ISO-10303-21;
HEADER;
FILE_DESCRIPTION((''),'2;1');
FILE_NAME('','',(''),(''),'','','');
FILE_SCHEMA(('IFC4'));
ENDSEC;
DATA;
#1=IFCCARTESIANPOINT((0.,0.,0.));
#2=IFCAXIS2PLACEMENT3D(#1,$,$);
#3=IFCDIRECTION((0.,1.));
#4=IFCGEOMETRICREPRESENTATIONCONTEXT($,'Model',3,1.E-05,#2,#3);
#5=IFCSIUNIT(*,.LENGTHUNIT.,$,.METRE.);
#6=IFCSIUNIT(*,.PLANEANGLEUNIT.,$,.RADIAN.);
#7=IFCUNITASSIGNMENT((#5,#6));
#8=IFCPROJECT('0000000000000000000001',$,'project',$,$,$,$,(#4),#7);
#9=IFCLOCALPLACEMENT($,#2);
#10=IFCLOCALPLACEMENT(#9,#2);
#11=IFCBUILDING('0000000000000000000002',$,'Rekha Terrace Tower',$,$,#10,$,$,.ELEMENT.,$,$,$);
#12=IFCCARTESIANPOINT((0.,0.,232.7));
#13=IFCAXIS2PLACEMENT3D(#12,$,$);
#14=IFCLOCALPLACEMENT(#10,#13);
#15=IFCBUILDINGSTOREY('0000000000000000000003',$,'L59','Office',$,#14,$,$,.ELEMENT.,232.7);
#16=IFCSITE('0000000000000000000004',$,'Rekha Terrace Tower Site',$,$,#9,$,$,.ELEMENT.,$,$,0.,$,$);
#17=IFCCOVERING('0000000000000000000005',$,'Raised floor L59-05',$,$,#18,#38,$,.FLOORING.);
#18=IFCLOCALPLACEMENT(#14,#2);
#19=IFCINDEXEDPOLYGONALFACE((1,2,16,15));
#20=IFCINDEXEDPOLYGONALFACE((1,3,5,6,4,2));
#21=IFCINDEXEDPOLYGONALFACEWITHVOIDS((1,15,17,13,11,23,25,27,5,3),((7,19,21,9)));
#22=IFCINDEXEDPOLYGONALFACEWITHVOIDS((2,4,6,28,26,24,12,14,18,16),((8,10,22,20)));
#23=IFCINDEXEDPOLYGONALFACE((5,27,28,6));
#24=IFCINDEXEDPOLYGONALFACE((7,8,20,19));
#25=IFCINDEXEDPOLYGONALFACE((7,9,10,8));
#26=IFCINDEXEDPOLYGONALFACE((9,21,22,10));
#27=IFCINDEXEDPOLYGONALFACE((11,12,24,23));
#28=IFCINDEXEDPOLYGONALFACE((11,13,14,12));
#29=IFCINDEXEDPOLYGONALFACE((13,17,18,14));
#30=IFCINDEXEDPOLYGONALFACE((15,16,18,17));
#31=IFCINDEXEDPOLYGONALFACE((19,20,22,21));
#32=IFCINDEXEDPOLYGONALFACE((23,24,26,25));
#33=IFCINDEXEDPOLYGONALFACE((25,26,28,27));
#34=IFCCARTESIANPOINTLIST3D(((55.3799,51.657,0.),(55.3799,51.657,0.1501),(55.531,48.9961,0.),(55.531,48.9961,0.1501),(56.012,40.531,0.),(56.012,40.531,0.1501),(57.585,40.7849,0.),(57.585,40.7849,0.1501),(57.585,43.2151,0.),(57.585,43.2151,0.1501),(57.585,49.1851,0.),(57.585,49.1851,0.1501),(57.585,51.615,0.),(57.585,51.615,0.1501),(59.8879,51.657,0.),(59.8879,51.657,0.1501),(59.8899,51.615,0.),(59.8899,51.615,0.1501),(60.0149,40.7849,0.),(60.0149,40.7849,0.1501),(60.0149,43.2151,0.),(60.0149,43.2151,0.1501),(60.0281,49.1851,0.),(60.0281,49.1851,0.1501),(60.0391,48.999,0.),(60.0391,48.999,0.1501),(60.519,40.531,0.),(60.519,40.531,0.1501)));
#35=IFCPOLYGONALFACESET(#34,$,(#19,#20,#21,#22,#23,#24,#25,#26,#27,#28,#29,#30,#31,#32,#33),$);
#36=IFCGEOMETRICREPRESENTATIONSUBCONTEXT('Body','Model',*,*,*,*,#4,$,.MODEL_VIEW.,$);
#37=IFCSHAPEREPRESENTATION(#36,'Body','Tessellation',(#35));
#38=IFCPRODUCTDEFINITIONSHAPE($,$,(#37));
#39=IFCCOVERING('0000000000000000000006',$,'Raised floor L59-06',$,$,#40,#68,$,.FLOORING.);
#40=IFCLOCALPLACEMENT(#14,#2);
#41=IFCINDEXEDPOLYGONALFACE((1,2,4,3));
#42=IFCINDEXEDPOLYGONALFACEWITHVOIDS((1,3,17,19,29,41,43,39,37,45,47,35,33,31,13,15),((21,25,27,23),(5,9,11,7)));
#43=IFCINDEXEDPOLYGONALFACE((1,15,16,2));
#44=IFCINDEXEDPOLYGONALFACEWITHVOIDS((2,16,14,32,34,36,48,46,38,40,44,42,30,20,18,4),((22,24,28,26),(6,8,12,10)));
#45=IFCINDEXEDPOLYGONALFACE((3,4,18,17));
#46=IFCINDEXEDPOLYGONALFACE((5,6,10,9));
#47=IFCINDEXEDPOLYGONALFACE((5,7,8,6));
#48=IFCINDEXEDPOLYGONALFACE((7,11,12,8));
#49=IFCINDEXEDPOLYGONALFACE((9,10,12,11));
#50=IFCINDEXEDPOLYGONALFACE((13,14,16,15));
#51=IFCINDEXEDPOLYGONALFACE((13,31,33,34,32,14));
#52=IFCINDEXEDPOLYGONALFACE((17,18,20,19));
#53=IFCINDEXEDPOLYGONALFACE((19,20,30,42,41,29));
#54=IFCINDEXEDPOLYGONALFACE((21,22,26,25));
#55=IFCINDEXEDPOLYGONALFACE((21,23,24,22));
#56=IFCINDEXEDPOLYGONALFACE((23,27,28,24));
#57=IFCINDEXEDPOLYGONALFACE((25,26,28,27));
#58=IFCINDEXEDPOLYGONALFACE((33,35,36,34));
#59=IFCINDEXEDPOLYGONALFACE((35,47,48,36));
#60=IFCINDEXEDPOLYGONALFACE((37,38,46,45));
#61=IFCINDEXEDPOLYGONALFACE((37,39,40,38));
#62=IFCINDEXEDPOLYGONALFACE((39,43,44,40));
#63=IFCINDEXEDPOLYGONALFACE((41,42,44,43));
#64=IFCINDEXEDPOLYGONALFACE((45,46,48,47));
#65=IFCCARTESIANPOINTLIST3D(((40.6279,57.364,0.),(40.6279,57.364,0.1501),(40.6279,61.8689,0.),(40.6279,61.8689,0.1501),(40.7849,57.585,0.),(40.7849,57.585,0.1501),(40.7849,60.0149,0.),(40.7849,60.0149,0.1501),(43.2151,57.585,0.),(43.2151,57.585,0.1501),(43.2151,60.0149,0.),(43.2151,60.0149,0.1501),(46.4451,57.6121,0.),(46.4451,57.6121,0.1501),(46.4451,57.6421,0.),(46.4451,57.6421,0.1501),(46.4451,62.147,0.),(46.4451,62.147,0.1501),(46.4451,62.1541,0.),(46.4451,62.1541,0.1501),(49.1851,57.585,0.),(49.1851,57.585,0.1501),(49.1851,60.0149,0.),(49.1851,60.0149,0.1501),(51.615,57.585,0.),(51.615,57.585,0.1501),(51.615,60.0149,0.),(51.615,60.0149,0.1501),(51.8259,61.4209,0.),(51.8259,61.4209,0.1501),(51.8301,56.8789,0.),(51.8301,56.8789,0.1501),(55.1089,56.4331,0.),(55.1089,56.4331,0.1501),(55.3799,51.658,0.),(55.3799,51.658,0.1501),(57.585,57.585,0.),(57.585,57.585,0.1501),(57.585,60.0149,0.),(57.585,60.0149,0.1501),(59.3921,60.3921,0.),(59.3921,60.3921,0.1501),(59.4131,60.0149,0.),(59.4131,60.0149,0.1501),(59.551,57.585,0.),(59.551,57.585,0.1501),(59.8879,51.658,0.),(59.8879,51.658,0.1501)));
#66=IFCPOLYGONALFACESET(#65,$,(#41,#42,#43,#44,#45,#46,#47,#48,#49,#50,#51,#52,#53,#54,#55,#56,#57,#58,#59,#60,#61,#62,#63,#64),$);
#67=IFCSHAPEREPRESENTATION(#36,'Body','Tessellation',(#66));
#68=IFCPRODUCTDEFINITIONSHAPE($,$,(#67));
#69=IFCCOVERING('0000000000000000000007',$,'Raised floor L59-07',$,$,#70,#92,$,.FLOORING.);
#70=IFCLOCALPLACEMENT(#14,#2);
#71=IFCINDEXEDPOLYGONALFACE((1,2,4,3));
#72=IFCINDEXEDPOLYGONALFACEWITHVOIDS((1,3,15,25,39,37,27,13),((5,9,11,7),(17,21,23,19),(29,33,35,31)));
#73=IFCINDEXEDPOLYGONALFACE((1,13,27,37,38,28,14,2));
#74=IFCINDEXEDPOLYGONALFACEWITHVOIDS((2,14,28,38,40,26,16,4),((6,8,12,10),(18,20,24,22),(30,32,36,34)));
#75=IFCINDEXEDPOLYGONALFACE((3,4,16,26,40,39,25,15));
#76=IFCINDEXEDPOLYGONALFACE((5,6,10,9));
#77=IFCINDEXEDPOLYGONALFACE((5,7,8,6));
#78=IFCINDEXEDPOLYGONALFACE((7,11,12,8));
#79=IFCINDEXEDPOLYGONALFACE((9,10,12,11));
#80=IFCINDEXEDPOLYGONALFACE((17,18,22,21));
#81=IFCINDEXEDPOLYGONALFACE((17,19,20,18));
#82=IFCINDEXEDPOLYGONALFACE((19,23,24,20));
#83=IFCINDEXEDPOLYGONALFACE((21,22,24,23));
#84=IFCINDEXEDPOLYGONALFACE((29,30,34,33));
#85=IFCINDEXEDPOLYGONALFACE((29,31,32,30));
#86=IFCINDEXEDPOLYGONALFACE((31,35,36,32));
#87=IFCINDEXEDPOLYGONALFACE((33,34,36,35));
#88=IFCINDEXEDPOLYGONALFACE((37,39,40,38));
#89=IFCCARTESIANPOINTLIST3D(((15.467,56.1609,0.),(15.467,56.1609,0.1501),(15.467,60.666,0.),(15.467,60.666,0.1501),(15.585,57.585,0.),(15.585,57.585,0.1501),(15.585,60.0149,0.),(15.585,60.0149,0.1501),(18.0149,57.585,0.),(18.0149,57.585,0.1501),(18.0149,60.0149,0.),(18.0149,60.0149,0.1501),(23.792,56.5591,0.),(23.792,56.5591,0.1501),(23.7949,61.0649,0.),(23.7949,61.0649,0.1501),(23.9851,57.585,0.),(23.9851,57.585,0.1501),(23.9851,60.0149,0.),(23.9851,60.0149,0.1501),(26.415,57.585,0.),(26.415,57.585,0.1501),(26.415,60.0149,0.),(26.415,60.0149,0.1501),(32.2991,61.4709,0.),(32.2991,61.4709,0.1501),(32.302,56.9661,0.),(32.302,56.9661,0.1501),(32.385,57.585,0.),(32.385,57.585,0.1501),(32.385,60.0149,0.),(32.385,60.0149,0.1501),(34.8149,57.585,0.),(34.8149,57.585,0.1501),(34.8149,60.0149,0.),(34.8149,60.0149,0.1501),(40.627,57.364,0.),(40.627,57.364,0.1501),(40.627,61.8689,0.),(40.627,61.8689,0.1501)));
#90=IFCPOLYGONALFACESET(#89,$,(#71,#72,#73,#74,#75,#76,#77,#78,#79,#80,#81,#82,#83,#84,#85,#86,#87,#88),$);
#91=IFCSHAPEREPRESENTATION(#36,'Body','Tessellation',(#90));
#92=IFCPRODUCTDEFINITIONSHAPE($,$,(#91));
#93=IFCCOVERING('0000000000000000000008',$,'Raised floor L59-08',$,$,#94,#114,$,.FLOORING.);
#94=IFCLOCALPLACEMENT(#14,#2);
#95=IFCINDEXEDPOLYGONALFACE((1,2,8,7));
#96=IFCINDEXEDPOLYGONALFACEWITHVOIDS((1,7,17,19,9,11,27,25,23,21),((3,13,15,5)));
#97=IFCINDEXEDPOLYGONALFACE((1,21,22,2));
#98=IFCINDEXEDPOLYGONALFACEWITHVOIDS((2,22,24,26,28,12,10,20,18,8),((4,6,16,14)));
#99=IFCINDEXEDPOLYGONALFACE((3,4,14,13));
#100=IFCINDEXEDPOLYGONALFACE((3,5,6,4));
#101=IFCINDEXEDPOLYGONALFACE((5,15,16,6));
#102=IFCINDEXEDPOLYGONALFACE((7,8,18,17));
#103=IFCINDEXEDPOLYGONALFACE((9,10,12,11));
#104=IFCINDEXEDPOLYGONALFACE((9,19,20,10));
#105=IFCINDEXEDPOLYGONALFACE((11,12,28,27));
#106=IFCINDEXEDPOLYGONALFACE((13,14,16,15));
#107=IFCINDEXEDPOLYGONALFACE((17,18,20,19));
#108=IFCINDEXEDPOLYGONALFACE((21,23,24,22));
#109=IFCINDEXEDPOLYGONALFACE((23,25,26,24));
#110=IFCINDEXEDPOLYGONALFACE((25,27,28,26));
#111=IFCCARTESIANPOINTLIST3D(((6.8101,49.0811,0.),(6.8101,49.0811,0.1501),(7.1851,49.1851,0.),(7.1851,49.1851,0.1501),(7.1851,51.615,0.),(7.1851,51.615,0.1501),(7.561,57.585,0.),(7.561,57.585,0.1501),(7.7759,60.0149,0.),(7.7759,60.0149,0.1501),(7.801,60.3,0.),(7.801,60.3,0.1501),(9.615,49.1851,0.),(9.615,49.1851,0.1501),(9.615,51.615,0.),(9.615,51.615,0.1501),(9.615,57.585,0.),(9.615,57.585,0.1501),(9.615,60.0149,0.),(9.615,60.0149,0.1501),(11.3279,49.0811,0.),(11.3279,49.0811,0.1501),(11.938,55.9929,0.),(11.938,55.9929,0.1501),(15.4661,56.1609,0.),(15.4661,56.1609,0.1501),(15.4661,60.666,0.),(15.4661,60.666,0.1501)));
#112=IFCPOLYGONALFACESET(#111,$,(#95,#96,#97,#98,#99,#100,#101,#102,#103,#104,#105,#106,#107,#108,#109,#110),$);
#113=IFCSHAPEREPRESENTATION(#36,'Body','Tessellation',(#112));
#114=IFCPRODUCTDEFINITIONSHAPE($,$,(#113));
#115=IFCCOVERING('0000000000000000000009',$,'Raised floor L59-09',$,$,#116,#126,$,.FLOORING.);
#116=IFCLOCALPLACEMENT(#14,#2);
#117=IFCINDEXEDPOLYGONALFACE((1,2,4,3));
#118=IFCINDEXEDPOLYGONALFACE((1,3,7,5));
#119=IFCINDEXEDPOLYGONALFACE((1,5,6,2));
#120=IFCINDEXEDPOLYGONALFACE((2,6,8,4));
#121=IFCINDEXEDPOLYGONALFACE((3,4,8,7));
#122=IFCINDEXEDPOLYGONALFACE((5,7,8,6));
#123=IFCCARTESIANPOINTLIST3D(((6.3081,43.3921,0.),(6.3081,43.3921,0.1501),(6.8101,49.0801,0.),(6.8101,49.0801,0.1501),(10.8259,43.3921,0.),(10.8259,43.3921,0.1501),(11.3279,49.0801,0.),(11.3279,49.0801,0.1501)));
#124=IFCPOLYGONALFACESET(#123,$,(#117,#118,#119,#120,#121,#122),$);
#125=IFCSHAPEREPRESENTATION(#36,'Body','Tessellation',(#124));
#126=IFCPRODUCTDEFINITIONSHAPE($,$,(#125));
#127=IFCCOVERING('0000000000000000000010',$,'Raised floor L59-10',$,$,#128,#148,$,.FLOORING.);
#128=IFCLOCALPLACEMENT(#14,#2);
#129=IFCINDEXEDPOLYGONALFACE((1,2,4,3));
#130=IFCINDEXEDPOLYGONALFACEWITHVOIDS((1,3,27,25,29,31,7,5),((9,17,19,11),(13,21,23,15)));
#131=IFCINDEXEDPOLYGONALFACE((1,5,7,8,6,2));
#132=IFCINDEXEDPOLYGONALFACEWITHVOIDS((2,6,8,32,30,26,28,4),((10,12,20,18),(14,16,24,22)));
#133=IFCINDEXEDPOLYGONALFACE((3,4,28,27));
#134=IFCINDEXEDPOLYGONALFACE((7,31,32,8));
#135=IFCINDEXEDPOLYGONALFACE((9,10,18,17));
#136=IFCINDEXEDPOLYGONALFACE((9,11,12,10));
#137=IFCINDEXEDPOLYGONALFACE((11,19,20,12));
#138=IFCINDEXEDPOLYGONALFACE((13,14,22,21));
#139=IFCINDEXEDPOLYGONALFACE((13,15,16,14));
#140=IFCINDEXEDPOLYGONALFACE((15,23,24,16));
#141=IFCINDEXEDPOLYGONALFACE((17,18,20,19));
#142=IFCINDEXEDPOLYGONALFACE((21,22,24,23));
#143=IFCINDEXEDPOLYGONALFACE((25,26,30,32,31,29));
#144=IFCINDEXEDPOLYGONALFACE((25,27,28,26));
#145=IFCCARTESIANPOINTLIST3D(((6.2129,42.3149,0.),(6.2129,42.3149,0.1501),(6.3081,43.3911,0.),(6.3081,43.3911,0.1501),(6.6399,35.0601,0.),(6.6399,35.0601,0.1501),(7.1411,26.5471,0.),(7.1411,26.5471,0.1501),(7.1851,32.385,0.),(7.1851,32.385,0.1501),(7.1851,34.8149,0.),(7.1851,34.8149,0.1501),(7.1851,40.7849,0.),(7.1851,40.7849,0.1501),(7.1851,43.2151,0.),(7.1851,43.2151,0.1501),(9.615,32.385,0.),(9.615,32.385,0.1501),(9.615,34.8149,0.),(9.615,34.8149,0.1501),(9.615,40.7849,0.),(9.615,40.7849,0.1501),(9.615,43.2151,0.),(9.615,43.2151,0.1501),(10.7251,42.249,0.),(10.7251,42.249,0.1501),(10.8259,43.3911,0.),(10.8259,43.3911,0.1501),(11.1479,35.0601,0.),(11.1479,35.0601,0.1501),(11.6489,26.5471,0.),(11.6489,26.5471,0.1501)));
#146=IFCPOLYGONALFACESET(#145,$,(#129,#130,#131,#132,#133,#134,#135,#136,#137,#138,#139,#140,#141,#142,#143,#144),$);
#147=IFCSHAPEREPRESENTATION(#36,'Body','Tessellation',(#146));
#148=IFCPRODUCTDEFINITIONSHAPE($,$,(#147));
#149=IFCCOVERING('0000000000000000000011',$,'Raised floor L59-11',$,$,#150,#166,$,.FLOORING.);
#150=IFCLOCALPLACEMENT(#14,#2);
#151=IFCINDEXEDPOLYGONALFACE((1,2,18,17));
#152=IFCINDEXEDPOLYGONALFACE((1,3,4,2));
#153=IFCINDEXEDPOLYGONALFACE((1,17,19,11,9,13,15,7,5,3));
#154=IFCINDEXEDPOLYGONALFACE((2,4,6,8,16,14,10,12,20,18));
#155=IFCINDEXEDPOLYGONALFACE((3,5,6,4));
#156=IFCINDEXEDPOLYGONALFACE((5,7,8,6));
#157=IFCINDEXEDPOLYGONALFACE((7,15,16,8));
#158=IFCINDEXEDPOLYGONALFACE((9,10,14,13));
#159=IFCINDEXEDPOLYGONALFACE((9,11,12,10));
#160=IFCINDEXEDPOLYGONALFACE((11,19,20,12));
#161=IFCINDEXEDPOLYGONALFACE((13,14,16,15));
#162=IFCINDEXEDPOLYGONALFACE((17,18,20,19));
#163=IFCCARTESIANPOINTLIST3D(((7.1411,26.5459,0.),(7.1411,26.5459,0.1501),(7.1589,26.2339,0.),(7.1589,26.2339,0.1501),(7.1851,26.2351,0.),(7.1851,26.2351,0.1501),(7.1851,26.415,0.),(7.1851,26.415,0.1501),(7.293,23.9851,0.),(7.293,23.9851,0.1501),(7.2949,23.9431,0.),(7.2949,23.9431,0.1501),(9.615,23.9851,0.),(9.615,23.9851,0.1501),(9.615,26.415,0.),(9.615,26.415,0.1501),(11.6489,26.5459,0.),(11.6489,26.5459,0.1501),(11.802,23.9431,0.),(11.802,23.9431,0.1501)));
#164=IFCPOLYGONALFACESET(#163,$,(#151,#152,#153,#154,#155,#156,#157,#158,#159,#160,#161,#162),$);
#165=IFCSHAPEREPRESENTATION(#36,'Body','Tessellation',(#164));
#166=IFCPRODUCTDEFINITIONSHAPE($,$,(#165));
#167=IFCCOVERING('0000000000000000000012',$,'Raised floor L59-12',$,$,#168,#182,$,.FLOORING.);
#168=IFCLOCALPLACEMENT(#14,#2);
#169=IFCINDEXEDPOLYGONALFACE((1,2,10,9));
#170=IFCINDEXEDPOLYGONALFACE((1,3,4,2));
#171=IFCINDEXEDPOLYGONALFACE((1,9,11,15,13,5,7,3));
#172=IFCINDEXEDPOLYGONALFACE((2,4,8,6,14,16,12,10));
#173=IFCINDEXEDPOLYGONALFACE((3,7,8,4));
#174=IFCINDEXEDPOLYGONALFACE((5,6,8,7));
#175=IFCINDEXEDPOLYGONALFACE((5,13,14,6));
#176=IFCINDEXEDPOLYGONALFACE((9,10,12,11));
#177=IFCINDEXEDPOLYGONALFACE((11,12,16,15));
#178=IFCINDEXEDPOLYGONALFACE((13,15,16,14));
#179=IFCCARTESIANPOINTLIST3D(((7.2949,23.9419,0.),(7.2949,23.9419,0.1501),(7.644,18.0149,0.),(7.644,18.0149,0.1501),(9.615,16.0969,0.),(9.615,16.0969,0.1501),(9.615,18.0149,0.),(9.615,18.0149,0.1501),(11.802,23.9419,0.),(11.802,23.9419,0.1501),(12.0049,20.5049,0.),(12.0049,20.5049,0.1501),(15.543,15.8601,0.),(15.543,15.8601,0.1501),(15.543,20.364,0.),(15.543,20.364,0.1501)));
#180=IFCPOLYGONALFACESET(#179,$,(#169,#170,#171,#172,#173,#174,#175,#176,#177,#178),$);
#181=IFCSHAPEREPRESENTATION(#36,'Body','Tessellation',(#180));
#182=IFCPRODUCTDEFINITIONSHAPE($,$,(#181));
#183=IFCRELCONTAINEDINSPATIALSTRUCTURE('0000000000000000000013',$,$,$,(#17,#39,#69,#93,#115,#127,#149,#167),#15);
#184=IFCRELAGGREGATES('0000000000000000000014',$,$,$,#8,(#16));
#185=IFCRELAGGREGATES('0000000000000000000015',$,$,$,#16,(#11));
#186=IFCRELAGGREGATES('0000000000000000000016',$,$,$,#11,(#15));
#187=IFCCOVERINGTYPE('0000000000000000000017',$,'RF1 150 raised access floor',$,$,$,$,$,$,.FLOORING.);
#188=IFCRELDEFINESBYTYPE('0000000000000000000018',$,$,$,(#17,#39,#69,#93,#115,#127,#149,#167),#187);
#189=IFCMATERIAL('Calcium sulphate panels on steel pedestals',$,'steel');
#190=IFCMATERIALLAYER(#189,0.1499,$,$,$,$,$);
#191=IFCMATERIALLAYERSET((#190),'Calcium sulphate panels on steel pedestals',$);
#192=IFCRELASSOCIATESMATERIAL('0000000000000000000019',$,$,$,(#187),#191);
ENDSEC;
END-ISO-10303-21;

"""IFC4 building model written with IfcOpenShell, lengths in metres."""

from ifc_helpers import new_model, si_unit, direction, frame, origin, place, context, subcontext, project, spatial, polyline, outline, extrude, material, layer, layer_set, type_object, element, save


model = new_model("IFC4")

# Units and contexts
model_context = context("Model", 3, precision=1e-05, world=origin(), true_north=direction((0.0, 1.0)))
body_context = subcontext(model_context, "Body", "Model", "MODEL_VIEW")
ifc_project = project(units=[si_unit("LENGTHUNIT", "METRE"), si_unit("PLANEANGLEUNIT", "RADIAN")], contexts=[model_context])

# Site, building, storey
site_placement = place(None, origin())
site = spatial("IfcSite", under=ifc_project, at=site_placement, Name="Rekha Terrace Tower Site", CompositionType="ELEMENT", RefElevation=0.0)
building_placement = place(site_placement, origin())
building = spatial("IfcBuilding", under=site, at=building_placement, Name="Rekha Terrace Tower", CompositionType="ELEMENT")
storey_placement = place(building_placement, frame((0.0, 0.0, 232.7)))
storey = spatial("IfcBuildingStorey", under=building, at=storey_placement, Name="L59", Description="Office", CompositionType="ELEMENT", Elevation=232.7)

# Coverings
ifc_material_1 = material(Name="Calcium sulphate panels on steel pedestals", Category="steel")
ifc_layer_1 = layer(ifc_material_1, 0.1499)
ifc_layer_set_1 = layer_set([ifc_layer_1], Name="Calcium sulphate panels on steel pedestals")
covering_type_1 = type_object("IfcCoveringType", Name="RF1 150 raised access floor", PredefinedType="FLOORING", material=ifc_layer_set_1)
covering_1_placement = place(storey_placement, origin())
element("IfcCovering", 1, at=covering_1_placement, inside=storey, type_object=covering_type_1, Name="Raised floor L59-05", PredefinedType="FLOORING", context=body_context, shape_type="SweptSolid", body=[
    extrude(outline(polyline([(59.8899, 51.615), (59.8879, 51.657), (55.3799, 51.657), (55.531, 48.9961), (56.012, 40.531), (60.519, 40.531), (60.0391, 48.999), (60.0281, 49.1851), (57.585, 49.1851), (57.585, 51.615), (59.8899, 51.615)]), holes=[polyline([(60.0149, 40.7849), (57.585, 40.7849), (57.585, 43.2151), (60.0149, 43.2151), (60.0149, 40.7849)])]), origin(), (0.0, 0.0, 1.0), 0.1501),
])
covering_2_placement = place(storey_placement, origin())
element("IfcCovering", 2, at=covering_2_placement, inside=storey, type_object=covering_type_1, Name="Raised floor L59-06", PredefinedType="FLOORING", context=body_context, shape_type="SweptSolid", body=[
    extrude(outline(polyline([(40.6279, 61.8689), (40.6279, 57.364), (46.4451, 57.6421), (46.4451, 57.6121), (51.8301, 56.8789), (55.1089, 56.4331), (55.3799, 51.658), (59.8879, 51.658), (59.551, 57.585), (57.585, 57.585), (57.585, 60.0149), (59.4131, 60.0149), (59.3921, 60.3921), (51.8259, 61.4209), (46.4451, 62.1541), (46.4451, 62.147), (40.6279, 61.8689)]), holes=[polyline([(51.615, 57.585), (49.1851, 57.585), (49.1851, 60.0149), (51.615, 60.0149), (51.615, 57.585)]), polyline([(43.2151, 60.0149), (43.2151, 57.585), (40.7849, 57.585), (40.7849, 60.0149), (43.2151, 60.0149)])]), origin(), (0.0, 0.0, 1.0), 0.1501),
])
covering_3_placement = place(storey_placement, origin())
element("IfcCovering", 3, at=covering_3_placement, inside=storey, type_object=covering_type_1, Name="Raised floor L59-07", PredefinedType="FLOORING", context=body_context, shape_type="SweptSolid", body=[
    extrude(outline(polyline([(32.2991, 61.4709), (23.7949, 61.0649), (15.467, 60.666), (15.467, 56.1609), (23.792, 56.5591), (32.302, 56.9661), (40.627, 57.364), (40.627, 61.8689), (32.2991, 61.4709)]), holes=[polyline([(34.8149, 57.585), (32.385, 57.585), (32.385, 60.0149), (34.8149, 60.0149), (34.8149, 57.585)]), polyline([(26.415, 57.585), (23.9851, 57.585), (23.9851, 60.0149), (26.415, 60.0149), (26.415, 57.585)]), polyline([(18.0149, 60.0149), (18.0149, 57.585), (15.585, 57.585), (15.585, 60.0149), (18.0149, 60.0149)])]), origin(), (0.0, 0.0, 1.0), 0.1501),
])
covering_4_placement = place(storey_placement, origin())
element("IfcCovering", 4, at=covering_4_placement, inside=storey, type_object=covering_type_1, Name="Raised floor L59-08", PredefinedType="FLOORING", context=body_context, shape_type="SweptSolid", body=[
    extrude(outline(polyline([(7.561, 57.585), (6.8101, 49.0811), (11.3279, 49.0811), (11.938, 55.9929), (15.4661, 56.1609), (15.4661, 60.666), (7.801, 60.3), (7.7759, 60.0149), (9.615, 60.0149), (9.615, 57.585), (7.561, 57.585)]), holes=[polyline([(9.615, 49.1851), (7.1851, 49.1851), (7.1851, 51.615), (9.615, 51.615), (9.615, 49.1851)])]), origin(), (0.0, 0.0, 1.0), 0.1501),
])
covering_5_placement = place(storey_placement, origin())
element("IfcCovering", 5, at=covering_5_placement, inside=storey, type_object=covering_type_1, Name="Raised floor L59-09", PredefinedType="FLOORING", context=body_context, shape_type="SweptSolid", body=[
    extrude(outline(polyline([(11.3279, 49.0801), (6.8101, 49.0801), (6.3081, 43.3921), (10.8259, 43.3921), (11.3279, 49.0801)])), origin(), (0.0, 0.0, 1.0), 0.1501),
])
covering_6_placement = place(storey_placement, origin())
element("IfcCovering", 6, at=covering_6_placement, inside=storey, type_object=covering_type_1, Name="Raised floor L59-10", PredefinedType="FLOORING", context=body_context, shape_type="SweptSolid", body=[
    extrude(outline(polyline([(10.8259, 43.3911), (6.3081, 43.3911), (6.2129, 42.3149), (6.6399, 35.0601), (7.1411, 26.5471), (11.6489, 26.5471), (11.1479, 35.0601), (10.7251, 42.249), (10.8259, 43.3911)]), holes=[polyline([(9.615, 34.8149), (9.615, 32.385), (7.1851, 32.385), (7.1851, 34.8149), (9.615, 34.8149)]), polyline([(9.615, 40.7849), (7.1851, 40.7849), (7.1851, 43.2151), (9.615, 43.2151), (9.615, 40.7849)])]), origin(), (0.0, 0.0, 1.0), 0.1501),
])
covering_7_placement = place(storey_placement, origin())
element("IfcCovering", 7, at=covering_7_placement, inside=storey, type_object=covering_type_1, Name="Raised floor L59-11", PredefinedType="FLOORING", context=body_context, shape_type="SweptSolid", body=[
    extrude(outline(polyline([(9.615, 23.9851), (7.293, 23.9851), (7.2949, 23.9431), (11.802, 23.9431), (11.6489, 26.5459), (7.1411, 26.5459), (7.1589, 26.2339), (7.1851, 26.2351), (7.1851, 26.415), (9.615, 26.415), (9.615, 23.9851)])), origin(), (0.0, 0.0, 1.0), 0.1501),
])
covering_8_placement = place(storey_placement, origin())
element("IfcCovering", 8, at=covering_8_placement, inside=storey, type_object=covering_type_1, Name="Raised floor L59-12", PredefinedType="FLOORING", context=body_context, shape_type="SweptSolid", body=[
    extrude(outline(polyline([(9.615, 16.0969), (15.543, 15.8601), (15.543, 20.364), (12.0049, 20.5049), (11.802, 23.9419), (7.2949, 23.9419), (7.644, 18.0149), (9.615, 18.0149), (9.615, 16.0969)])), origin(), (0.0, 0.0, 1.0), 0.1501),
])

save(model, "model.ifc")
